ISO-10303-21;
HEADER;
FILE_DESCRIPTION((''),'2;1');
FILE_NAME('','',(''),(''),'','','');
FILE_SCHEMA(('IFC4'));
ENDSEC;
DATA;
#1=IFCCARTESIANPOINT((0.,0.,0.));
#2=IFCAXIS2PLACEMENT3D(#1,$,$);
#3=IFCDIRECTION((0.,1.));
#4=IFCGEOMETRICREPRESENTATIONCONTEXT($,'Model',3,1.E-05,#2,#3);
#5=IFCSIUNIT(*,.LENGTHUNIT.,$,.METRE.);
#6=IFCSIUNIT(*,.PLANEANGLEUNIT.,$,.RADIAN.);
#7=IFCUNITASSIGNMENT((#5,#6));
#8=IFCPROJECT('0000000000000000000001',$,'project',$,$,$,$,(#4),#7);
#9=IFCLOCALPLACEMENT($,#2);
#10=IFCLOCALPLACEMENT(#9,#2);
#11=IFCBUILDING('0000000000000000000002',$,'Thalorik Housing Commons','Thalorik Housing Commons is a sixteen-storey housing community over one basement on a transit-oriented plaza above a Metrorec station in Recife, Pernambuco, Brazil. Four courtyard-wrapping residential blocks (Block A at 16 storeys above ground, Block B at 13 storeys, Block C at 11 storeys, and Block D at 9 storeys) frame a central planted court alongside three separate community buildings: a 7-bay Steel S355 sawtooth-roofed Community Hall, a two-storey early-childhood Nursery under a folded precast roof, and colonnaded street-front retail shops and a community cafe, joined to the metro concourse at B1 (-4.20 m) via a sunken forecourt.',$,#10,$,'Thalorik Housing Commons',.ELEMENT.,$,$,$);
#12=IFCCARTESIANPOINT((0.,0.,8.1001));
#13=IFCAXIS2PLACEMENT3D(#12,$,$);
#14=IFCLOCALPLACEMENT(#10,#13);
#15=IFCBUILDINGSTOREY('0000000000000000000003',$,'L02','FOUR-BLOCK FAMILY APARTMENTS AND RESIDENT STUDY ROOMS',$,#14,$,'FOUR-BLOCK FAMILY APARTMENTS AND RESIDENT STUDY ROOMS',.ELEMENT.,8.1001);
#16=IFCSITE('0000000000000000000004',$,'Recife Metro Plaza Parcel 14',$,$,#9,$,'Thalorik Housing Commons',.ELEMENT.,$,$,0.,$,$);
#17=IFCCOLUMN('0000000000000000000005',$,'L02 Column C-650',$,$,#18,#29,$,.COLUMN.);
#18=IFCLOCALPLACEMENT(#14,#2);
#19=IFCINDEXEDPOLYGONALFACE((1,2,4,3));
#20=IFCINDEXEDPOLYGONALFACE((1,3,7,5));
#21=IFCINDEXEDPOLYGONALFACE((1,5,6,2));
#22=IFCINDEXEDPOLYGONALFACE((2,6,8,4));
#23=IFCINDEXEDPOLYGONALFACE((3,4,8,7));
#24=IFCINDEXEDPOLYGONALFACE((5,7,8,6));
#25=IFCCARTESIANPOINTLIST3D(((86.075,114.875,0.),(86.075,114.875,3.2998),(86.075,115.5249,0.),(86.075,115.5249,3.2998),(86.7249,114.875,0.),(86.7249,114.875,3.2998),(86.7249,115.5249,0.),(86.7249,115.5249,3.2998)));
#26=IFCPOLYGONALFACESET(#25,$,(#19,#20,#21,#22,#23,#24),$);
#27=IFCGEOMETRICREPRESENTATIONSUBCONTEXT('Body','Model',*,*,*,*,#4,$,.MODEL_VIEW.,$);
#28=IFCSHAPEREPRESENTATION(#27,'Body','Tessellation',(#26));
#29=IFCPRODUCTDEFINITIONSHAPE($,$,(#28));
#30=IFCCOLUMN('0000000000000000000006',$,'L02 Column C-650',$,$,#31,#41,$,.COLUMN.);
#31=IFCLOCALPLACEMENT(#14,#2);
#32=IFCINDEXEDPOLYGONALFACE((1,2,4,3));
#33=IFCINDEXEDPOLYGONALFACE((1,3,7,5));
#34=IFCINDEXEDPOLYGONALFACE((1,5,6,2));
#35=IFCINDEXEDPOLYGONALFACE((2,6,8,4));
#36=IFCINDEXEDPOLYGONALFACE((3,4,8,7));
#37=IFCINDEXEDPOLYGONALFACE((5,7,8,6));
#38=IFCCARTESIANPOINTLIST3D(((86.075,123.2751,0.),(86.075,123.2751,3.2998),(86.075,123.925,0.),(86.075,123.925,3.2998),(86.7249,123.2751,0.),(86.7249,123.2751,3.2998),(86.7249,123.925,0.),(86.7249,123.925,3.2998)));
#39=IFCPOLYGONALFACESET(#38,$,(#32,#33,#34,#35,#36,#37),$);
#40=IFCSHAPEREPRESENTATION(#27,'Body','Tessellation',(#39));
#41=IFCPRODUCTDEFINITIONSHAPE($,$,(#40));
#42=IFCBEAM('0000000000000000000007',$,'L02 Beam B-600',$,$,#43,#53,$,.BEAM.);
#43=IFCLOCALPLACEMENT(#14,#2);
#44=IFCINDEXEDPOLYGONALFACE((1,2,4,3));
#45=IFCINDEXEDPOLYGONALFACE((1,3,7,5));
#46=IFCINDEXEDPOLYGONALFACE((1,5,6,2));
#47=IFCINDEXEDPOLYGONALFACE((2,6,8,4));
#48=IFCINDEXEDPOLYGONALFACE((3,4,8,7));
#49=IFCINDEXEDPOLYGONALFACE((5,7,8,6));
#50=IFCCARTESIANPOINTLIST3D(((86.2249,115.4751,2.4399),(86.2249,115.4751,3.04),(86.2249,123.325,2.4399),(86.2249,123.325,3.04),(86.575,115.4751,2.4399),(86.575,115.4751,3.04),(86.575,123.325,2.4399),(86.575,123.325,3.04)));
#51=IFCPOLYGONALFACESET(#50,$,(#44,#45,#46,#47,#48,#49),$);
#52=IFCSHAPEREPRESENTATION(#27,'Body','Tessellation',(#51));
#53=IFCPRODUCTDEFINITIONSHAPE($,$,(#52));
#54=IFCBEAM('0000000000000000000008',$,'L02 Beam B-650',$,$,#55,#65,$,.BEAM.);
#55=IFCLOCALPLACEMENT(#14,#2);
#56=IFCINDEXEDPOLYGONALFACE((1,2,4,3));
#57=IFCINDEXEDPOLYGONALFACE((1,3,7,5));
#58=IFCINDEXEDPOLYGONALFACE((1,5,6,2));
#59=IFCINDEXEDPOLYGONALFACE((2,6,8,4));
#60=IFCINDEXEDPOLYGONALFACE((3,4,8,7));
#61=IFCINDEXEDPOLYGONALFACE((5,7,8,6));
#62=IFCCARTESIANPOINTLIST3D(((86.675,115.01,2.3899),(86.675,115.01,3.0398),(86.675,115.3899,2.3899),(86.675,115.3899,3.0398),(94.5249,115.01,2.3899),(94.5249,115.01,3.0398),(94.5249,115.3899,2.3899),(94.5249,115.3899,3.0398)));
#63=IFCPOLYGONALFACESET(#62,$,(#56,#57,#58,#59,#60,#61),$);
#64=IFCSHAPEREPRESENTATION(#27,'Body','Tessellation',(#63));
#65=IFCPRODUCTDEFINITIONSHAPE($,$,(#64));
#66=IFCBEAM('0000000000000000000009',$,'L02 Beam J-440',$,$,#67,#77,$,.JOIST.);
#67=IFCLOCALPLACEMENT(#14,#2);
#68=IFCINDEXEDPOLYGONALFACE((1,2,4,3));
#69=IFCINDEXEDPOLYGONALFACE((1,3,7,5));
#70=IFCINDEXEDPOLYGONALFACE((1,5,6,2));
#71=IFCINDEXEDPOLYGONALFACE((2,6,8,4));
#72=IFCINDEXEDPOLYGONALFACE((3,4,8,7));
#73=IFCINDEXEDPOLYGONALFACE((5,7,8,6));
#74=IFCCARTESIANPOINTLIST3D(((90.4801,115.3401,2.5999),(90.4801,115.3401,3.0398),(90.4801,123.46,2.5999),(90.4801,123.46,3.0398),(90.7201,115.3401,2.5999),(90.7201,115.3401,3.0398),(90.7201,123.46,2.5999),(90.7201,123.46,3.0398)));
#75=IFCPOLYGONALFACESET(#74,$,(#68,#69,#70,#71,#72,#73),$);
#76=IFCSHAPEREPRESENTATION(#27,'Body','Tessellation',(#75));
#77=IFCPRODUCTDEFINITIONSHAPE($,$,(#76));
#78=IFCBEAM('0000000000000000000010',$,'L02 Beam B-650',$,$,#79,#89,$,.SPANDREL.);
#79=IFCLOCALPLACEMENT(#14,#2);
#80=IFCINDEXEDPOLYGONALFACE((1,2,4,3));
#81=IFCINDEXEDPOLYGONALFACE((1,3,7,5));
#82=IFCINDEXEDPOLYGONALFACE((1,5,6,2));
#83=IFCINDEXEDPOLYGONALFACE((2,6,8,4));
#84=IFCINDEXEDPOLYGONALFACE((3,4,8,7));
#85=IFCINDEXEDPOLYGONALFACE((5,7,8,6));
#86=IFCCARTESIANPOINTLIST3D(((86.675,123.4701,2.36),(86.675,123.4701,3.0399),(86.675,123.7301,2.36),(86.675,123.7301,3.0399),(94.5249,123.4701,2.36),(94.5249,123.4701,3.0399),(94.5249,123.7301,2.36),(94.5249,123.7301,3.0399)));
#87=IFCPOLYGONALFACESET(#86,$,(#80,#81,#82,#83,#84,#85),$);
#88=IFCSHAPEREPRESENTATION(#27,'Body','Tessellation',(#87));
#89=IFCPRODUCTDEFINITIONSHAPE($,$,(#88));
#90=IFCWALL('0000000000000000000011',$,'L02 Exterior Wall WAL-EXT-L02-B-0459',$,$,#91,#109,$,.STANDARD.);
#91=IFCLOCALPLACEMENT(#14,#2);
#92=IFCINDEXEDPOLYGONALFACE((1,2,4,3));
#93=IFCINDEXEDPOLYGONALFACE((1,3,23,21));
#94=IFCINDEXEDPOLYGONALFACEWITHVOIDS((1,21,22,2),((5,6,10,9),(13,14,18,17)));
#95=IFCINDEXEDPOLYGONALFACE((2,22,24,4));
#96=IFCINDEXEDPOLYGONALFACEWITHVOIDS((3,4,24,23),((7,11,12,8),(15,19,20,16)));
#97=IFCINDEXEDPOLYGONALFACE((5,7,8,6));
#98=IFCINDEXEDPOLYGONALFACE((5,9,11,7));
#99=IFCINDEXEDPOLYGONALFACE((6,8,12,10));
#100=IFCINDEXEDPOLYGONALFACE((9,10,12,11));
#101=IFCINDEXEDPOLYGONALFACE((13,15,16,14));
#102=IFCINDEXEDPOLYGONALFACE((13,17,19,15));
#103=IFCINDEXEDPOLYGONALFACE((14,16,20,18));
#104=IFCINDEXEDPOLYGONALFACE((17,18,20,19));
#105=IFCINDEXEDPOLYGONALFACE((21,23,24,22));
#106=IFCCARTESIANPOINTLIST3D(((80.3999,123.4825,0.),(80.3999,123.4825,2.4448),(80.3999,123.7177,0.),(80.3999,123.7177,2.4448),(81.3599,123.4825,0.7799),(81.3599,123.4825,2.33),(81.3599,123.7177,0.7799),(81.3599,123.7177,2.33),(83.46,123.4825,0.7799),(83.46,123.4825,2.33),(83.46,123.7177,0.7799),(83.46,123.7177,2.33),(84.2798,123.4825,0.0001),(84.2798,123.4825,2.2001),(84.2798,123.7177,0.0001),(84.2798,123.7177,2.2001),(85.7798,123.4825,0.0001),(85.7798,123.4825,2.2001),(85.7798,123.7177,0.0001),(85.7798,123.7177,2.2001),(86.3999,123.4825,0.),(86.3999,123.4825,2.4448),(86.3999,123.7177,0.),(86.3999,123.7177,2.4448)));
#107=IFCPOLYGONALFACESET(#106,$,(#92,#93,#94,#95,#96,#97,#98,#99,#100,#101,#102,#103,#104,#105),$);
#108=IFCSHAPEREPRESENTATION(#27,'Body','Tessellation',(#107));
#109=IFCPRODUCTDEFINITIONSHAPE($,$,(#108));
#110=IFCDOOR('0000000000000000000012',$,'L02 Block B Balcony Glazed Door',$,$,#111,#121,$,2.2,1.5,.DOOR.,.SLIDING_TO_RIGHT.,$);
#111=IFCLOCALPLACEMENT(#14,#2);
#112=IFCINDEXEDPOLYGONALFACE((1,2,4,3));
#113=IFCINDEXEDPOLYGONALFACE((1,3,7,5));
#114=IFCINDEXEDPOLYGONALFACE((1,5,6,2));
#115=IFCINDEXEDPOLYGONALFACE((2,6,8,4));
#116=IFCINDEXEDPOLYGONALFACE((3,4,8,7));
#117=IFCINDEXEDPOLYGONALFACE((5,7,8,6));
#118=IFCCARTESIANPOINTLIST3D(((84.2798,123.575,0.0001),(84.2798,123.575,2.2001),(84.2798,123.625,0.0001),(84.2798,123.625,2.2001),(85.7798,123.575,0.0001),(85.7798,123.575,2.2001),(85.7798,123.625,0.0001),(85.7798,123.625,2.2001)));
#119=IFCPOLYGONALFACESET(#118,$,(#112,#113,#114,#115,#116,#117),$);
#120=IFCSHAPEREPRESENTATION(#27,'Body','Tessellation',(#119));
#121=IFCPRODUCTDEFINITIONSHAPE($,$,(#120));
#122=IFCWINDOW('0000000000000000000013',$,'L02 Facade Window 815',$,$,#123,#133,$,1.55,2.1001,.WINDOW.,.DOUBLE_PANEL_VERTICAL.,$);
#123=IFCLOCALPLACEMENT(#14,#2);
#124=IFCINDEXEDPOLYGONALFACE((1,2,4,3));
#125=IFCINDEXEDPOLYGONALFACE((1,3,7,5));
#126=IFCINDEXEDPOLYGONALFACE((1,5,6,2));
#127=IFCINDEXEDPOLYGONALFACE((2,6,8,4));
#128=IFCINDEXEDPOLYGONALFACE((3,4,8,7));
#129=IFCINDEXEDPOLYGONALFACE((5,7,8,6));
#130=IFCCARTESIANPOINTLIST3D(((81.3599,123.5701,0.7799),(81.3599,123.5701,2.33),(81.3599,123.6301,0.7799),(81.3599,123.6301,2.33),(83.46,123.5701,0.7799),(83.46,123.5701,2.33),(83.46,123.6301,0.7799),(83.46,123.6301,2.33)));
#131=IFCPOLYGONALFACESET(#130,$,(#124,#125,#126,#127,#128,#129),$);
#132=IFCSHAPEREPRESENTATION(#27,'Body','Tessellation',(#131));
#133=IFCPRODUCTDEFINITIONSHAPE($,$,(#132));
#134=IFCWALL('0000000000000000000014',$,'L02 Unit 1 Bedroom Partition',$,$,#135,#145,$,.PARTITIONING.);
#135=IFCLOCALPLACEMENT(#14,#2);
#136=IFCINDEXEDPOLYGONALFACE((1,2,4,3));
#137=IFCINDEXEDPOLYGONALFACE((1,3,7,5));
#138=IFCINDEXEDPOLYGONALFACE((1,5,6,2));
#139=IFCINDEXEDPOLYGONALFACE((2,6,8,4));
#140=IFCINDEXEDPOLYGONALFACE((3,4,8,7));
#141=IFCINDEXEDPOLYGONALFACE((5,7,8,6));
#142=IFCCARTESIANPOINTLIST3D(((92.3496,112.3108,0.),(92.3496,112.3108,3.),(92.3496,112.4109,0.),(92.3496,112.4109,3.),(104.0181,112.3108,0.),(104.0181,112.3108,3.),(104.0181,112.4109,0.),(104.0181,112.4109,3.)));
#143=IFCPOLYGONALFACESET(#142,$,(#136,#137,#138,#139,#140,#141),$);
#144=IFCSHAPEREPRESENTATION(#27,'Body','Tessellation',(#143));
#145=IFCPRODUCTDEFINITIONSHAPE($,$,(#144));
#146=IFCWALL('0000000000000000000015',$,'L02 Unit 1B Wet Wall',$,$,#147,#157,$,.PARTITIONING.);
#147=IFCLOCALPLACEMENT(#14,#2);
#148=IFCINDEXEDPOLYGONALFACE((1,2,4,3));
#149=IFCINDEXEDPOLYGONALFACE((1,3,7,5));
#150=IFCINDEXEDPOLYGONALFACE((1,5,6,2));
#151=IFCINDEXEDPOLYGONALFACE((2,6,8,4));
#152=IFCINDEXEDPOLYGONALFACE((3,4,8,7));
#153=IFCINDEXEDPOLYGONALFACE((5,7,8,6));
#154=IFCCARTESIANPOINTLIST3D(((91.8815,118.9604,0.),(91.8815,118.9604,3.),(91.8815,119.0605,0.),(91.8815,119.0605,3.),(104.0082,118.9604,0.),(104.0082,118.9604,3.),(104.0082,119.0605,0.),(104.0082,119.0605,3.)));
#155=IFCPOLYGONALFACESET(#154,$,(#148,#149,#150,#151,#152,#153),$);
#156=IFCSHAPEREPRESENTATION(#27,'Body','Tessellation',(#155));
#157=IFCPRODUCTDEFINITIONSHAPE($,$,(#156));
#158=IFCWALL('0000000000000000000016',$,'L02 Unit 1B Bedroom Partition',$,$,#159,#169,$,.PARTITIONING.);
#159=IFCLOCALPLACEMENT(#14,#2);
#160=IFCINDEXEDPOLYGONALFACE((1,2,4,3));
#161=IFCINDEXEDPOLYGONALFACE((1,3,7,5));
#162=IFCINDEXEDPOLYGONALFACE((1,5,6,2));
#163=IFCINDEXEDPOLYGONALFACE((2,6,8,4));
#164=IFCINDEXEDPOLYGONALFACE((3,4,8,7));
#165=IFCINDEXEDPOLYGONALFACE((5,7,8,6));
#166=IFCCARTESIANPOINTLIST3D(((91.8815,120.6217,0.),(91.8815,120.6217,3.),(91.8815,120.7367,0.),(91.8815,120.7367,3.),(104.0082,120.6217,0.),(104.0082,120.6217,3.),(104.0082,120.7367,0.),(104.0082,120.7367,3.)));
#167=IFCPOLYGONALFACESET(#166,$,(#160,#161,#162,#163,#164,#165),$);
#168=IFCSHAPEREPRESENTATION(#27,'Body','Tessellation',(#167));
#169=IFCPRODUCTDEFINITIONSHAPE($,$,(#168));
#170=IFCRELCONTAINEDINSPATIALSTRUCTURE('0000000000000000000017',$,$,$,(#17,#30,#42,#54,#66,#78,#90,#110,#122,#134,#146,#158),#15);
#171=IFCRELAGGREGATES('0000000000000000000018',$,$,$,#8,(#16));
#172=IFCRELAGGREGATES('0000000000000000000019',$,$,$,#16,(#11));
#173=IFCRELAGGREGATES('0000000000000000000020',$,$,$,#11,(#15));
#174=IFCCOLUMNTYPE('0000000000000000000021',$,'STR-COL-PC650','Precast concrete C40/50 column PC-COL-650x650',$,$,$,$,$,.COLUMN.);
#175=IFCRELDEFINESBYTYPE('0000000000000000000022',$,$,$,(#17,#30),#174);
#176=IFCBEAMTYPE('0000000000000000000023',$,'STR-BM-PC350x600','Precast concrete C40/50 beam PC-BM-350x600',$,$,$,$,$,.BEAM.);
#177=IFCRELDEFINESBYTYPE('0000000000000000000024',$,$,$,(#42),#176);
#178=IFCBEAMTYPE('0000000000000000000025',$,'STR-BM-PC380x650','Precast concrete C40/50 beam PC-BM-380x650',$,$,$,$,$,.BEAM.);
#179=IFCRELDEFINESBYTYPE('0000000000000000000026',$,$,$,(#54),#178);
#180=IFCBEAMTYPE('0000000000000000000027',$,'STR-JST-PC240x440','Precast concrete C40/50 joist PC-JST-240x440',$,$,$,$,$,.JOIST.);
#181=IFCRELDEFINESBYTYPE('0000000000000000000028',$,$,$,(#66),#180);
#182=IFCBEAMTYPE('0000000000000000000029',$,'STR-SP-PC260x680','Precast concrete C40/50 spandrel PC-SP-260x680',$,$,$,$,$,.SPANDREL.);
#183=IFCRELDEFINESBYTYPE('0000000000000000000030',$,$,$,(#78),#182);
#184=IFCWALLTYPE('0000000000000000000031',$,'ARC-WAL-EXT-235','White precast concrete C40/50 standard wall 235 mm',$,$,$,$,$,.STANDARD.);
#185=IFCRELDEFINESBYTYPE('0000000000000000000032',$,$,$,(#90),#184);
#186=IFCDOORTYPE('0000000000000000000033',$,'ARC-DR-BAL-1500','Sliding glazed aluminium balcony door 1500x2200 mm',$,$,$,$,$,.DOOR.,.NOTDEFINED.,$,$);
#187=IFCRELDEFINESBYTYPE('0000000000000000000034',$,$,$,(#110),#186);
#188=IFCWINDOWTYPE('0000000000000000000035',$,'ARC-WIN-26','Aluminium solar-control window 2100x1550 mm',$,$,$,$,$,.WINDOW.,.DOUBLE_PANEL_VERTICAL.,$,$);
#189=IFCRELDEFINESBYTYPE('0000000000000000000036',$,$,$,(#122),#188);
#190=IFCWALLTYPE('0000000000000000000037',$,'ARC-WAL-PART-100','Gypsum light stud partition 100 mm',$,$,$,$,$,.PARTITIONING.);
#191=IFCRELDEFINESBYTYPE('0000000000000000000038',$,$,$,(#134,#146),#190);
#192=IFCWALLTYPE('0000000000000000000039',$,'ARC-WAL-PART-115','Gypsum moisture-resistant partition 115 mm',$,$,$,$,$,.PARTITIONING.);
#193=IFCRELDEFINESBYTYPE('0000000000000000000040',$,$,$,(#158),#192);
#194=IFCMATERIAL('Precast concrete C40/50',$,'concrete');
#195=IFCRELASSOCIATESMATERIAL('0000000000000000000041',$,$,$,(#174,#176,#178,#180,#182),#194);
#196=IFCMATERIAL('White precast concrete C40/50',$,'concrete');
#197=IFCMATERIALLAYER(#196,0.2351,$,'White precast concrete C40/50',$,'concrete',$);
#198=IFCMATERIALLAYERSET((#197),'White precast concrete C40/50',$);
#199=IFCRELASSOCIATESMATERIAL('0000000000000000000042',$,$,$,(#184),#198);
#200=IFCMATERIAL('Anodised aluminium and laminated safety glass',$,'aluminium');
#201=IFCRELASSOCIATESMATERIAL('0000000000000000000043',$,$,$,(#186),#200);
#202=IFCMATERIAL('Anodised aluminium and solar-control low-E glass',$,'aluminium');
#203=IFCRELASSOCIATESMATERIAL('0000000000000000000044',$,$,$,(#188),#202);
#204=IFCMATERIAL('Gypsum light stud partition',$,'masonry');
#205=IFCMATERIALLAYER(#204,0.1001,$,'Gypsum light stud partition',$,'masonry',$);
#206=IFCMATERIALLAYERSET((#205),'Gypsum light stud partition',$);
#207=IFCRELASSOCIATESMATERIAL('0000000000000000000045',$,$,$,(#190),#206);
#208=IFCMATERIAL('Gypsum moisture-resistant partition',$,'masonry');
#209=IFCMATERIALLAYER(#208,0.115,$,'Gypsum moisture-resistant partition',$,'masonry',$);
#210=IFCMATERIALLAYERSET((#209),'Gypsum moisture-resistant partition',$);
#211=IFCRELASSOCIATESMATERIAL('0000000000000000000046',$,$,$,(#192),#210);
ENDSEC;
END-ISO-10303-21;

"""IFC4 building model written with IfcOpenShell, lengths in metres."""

from ifc_helpers import new_model, si_unit, direction, frame, frame_2d, origin, origin_2d, place, context, subcontext, project, spatial, rectangle, extrude, material, layer, layer_set, material_profile, profile_set, type_object, element, fill, save


model = new_model("IFC4")

# Units and contexts
model_context = context("Model", 3, precision=1e-05, world=origin(), true_north=direction((0.0, 1.0)))
body_context = subcontext(model_context, "Body", "Model", "MODEL_VIEW")
ifc_project = project(units=[si_unit("LENGTHUNIT", "METRE"), si_unit("PLANEANGLEUNIT", "RADIAN")], contexts=[model_context])

# Site, building, storey
site_placement = place(None, origin())
site = spatial("IfcSite", under=ifc_project, at=site_placement, Name="Recife Metro Plaza Parcel 14", LongName="Thalorik Housing Commons", CompositionType="ELEMENT", RefElevation=0.0)
building_placement = place(site_placement, origin())
building = spatial("IfcBuilding", under=site, at=building_placement, Name="Thalorik Housing Commons", Description="Thalorik Housing Commons is a sixteen-storey housing community over one basement on a transit-oriented plaza above a Metrorec station in Recife, Pernambuco, Brazil. Four courtyard-wrapping residential blocks (Block A at 16 storeys above ground, Block B at 13 storeys, Block C at 11 storeys, and Block D at 9 storeys) frame a central planted court alongside three separate community buildings: a 7-bay Steel S355 sawtooth-roofed Community Hall, a two-storey early-childhood Nursery under a folded precast roof, and colonnaded street-front retail shops and a community cafe, joined to the metro concourse at B1 (-4.20 m) via a sunken forecourt.", LongName="Thalorik Housing Commons", CompositionType="ELEMENT")
storey_placement = place(building_placement, frame((0.0, 0.0, 8.1001)))
storey = spatial("IfcBuildingStorey", under=building, at=storey_placement, Name="L02", Description="FOUR-BLOCK FAMILY APARTMENTS AND RESIDENT STUDY ROOMS", LongName="FOUR-BLOCK FAMILY APARTMENTS AND RESIDENT STUDY ROOMS", CompositionType="ELEMENT", Elevation=8.1001)

# Columns
ifc_material_1 = material(Name="Precast concrete C40/50", Category="concrete")
ifc_material_profile_1 = material_profile(ifc_material_1, rectangle(XDim=0.6499, YDim=0.6499, at=origin_2d()), Name="PC 650x650", Category="concrete")
ifc_profile_set_1 = profile_set([ifc_material_profile_1], Name="Precast concrete C40/50")
column_type = type_object("IfcColumnType", Name="STR-COL-PC650", Description="Precast concrete C40/50 column PC-COL-650x650", PredefinedType="COLUMN", material=ifc_profile_set_1)
for number, where, z_axis, x_axis, name in (
    (1, (86.3999, 115.2, 0.0), (0.0, 0.0, 1.0), (1.0, 0.0, 0.0), "L02 Column C-650"),
    (2, (86.3999, 123.6001, 0.0), (0.0, 0.0, 1.0), (1.0, 0.0, 0.0), "L02 Column C-650"),
):
    element("IfcColumn", number, at=place(storey_placement, frame(where, z_axis=z_axis, x_axis=x_axis)), inside=storey, type_object=column_type, Name=name, PredefinedType="COLUMN", context=body_context, shape_type="SweptSolid", body=[
        extrude(rectangle(XDim=0.6499, YDim=0.6499, at=origin_2d()), origin(), (0.0, 0.0, 1.0), 3.2998),
    ])

# Beams
ifc_material_profile_2 = material_profile(ifc_material_1, rectangle(XDim=0.3501, YDim=0.6001, at=origin_2d()), Name="PC 350x600", Category="concrete")
ifc_profile_set_2 = profile_set([ifc_material_profile_2], Name="Precast concrete C40/50")
beam_type_1 = type_object("IfcBeamType", Name="STR-BM-PC350x600", Description="Precast concrete C40/50 beam PC-BM-350x600", PredefinedType="BEAM", material=ifc_profile_set_2)
beam_1_placement = place(storey_placement, frame((86.3999, 115.4751, 2.74), z_axis=(0.0, 1.0, 0.0), x_axis=(-1.0, 0.0, 0.0)))
element("IfcBeam", 3, at=beam_1_placement, inside=storey, type_object=beam_type_1, Name="L02 Beam B-600", PredefinedType="BEAM", context=body_context, shape_type="SweptSolid", body=[
    extrude(rectangle(XDim=0.3501, YDim=0.6001, at=origin_2d()), origin(), (0.0, 0.0, 1.0), 7.8499),
])
ifc_material_profile_3 = material_profile(ifc_material_1, rectangle(XDim=0.3799, YDim=0.6499, at=origin_2d()), Name="PC 380x650", Category="concrete")
ifc_profile_set_3 = profile_set([ifc_material_profile_3], Name="Precast concrete C40/50")
beam_type_2 = type_object("IfcBeamType", Name="STR-BM-PC380x650", Description="Precast concrete C40/50 beam PC-BM-380x650", PredefinedType="BEAM", material=ifc_profile_set_3)
beam_2_placement = place(storey_placement, frame((86.675, 115.2, 2.7148), z_axis=(1.0, 0.0, 0.0), x_axis=(0.0, 1.0, 0.0)))
element("IfcBeam", 4, at=beam_2_placement, inside=storey, type_object=beam_type_2, Name="L02 Beam B-650", PredefinedType="BEAM", context=body_context, shape_type="SweptSolid", body=[
    extrude(rectangle(XDim=0.3799, YDim=0.6499, at=origin_2d()), origin(), (0.0, 0.0, 1.0), 7.8499),
])
ifc_material_profile_4 = material_profile(ifc_material_1, rectangle(XDim=0.24, YDim=0.4399, at=origin_2d()), Name="PC JST 240x440", Category="concrete")
ifc_profile_set_4 = profile_set([ifc_material_profile_4], Name="Precast concrete C40/50")
beam_type_3 = type_object("IfcBeamType", Name="STR-JST-PC240x440", Description="Precast concrete C40/50 joist PC-JST-240x440", PredefinedType="JOIST", material=ifc_profile_set_4)
beam_3_placement = place(storey_placement, frame((90.6001, 115.3401, 2.8198), z_axis=(0.0, 1.0, 0.0), x_axis=(-1.0, 0.0, 0.0)))
element("IfcBeam", 5, at=beam_3_placement, inside=storey, type_object=beam_type_3, Name="L02 Beam J-440", PredefinedType="JOIST", context=body_context, shape_type="SweptSolid", body=[
    extrude(rectangle(XDim=0.24, YDim=0.4399, at=origin_2d()), origin(), (0.0, 0.0, 1.0), 8.1199),
])
ifc_material_profile_5 = material_profile(ifc_material_1, rectangle(XDim=0.26, YDim=0.6799, at=origin_2d()), Name="PC SP 260x680", Category="concrete")
ifc_profile_set_5 = profile_set([ifc_material_profile_5], Name="Precast concrete C40/50")
beam_type_4 = type_object("IfcBeamType", Name="STR-SP-PC260x680", Description="Precast concrete C40/50 spandrel PC-SP-260x680", PredefinedType="SPANDREL", material=ifc_profile_set_5)
beam_4_placement = place(storey_placement, frame((86.675, 123.6001, 2.7), z_axis=(1.0, 0.0, 0.0), x_axis=(0.0, 1.0, 0.0)))
element("IfcBeam", 6, at=beam_4_placement, inside=storey, type_object=beam_type_4, Name="L02 Beam B-650", PredefinedType="SPANDREL", context=body_context, shape_type="SweptSolid", body=[
    extrude(rectangle(XDim=0.26, YDim=0.6799, at=origin_2d()), origin(), (0.0, 0.0, 1.0), 7.8499),
])

# Wall, openings, door, window
ifc_material_2 = material(Name="White precast concrete C40/50", Category="concrete")
ifc_layer_1 = layer(ifc_material_2, 0.2351, Name="White precast concrete C40/50", Category="concrete")
ifc_layer_set_1 = layer_set([ifc_layer_1], Name="White precast concrete C40/50")
wall_type_1 = type_object("IfcWallType", Name="ARC-WAL-EXT-235", Description="White precast concrete C40/50 standard wall 235 mm", PredefinedType="STANDARD", material=ifc_layer_set_1)
wall_1_placement = place(storey_placement, frame((86.3999, 123.6001, 0.0), z_axis=(0.0, 0.0, 1.0), x_axis=(-1.0, 0.0, 0.0)))
wall_1 = element("IfcWall", 7, at=wall_1_placement, inside=storey, type_object=wall_type_1, Name="L02 Exterior Wall WAL-EXT-L02-B-0459", PredefinedType="STANDARD", context=body_context, shape_type="SweptSolid", body=[
    extrude(rectangle(XDim=6.0, YDim=0.2351, at=frame_2d((3.0, 0.0))), origin(), (0.0, 0.0, 1.0), 2.4448),
])
opening_1_placement = place(wall_1_placement, frame((0.6201, 0.0, 0.0)))
opening_1 = element("IfcOpeningElement", 8, at=opening_1_placement, cuts=wall_1, PredefinedType="OPENING", context=body_context, shape_type="SweptSolid", body=[
    extrude(rectangle(XDim=1.5, YDim=2.2, at=frame_2d((0.75, 1.1001))), frame((0.0, 0.1274, 0.0), z_axis=(0.0, -1.0, 0.0), x_axis=(1.0, 0.0, 0.0)), (0.0, 0.0, 1.0), 0.2551),
])
opening_2_placement = place(wall_1_placement, frame((2.9399, 0.0, 0.78)))
opening_2 = element("IfcOpeningElement", 9, at=opening_2_placement, cuts=wall_1, PredefinedType="OPENING", context=body_context, shape_type="SweptSolid", body=[
    extrude(rectangle(XDim=2.1001, YDim=1.55, at=frame_2d((1.05, 0.7749))), frame((0.0, 0.1274, 0.0), z_axis=(0.0, -1.0, 0.0), x_axis=(1.0, 0.0, 0.0)), (0.0, 0.0, 1.0), 0.2551),
])
ifc_material_3 = material(Name="Anodised aluminium and laminated safety glass", Category="aluminium")
door_type_1 = type_object("IfcDoorType", Name="ARC-DR-BAL-1500", Description="Sliding glazed aluminium balcony door 1500x2200 mm", OperationType="NOTDEFINED", PredefinedType="DOOR", material=ifc_material_3)
door_1_placement = place(opening_1_placement, frame((1.5, 0.0, 0.0), z_axis=(0.0, 0.0, 1.0), x_axis=(-1.0, 0.0, 0.0)))
door_1 = element("IfcDoor", 10, at=door_1_placement, inside=storey, type_object=door_type_1, Name="L02 Block B Balcony Glazed Door", OperationType="SLIDING_TO_RIGHT", OverallHeight=2.2, OverallWidth=1.5, PredefinedType="DOOR", context=body_context, shape_type="SweptSolid", body=[
    extrude(rectangle(XDim=1.5, YDim=2.2, at=frame_2d((0.75, 1.1001))), frame((0.0, 0.0249, 0.0), z_axis=(0.0, -1.0, 0.0), x_axis=(1.0, 0.0, 0.0)), (0.0, 0.0, 1.0), 0.05),
])
fill(opening_1, door_1)
ifc_material_4 = material(Name="Anodised aluminium and solar-control low-E glass", Category="aluminium")
window_type = type_object("IfcWindowType", Name="ARC-WIN-26", Description="Aluminium solar-control window 2100x1550 mm", PartitioningType="DOUBLE_PANEL_VERTICAL", PredefinedType="WINDOW", material=ifc_material_4)
window_placement = place(opening_2_placement, origin())
window = element("IfcWindow", 11, at=window_placement, inside=storey, type_object=window_type, Name="L02 Facade Window 815", OverallHeight=1.55, OverallWidth=2.1001, PartitioningType="DOUBLE_PANEL_VERTICAL", PredefinedType="WINDOW", context=body_context, shape_type="SweptSolid", body=[
    extrude(rectangle(XDim=2.1001, YDim=1.55, at=frame_2d((1.05, 0.7749))), frame((0.0, 0.03, 0.0), z_axis=(0.0, -1.0, 0.0), x_axis=(1.0, 0.0, 0.0)), (0.0, 0.0, 1.0), 0.0601),
])
fill(opening_2, window)

# Walls
ifc_material_5 = material(Name="Gypsum light stud partition", Category="masonry")
ifc_layer_2 = layer(ifc_material_5, 0.1001, Name="Gypsum light stud partition", Category="masonry")
ifc_layer_set_2 = layer_set([ifc_layer_2], Name="Gypsum light stud partition")
wall_type_2 = type_object("IfcWallType", Name="ARC-WAL-PART-100", Description="Gypsum light stud partition 100 mm", PredefinedType="PARTITIONING", material=ifc_layer_set_2)
wall_2_placement = place(storey_placement, frame((92.3496, 112.3608, 0.0), z_axis=(0.0, 0.0, 1.0), x_axis=(1.0, 0.0, 0.0)))
element("IfcWall", 12, at=wall_2_placement, inside=storey, type_object=wall_type_2, Name="L02 Unit 1 Bedroom Partition", PredefinedType="PARTITIONING", context=body_context, shape_type="SweptSolid", body=[
    extrude(rectangle(XDim=11.6685, YDim=0.1001, at=frame_2d((5.8342, 0.0))), origin(), (0.0, 0.0, 1.0), 3.0),
])
wall_3_placement = place(storey_placement, frame((91.8813, 119.0105, 0.0), z_axis=(0.0, 0.0, 1.0), x_axis=(1.0, 0.0, 0.0)))
element("IfcWall", 13, at=wall_3_placement, inside=storey, type_object=wall_type_2, Name="L02 Unit 1B Wet Wall", PredefinedType="PARTITIONING", context=body_context, shape_type="SweptSolid", body=[
    extrude(rectangle(XDim=12.1267, YDim=0.1001, at=frame_2d((6.0635, 0.0))), origin(), (0.0, 0.0, 1.0), 3.0),
])
ifc_material_6 = material(Name="Gypsum moisture-resistant partition", Category="masonry")
ifc_layer_3 = layer(ifc_material_6, 0.115, Name="Gypsum moisture-resistant partition", Category="masonry")
ifc_layer_set_3 = layer_set([ifc_layer_3], Name="Gypsum moisture-resistant partition")
wall_type_3 = type_object("IfcWallType", Name="ARC-WAL-PART-115", Description="Gypsum moisture-resistant partition 115 mm", PredefinedType="PARTITIONING", material=ifc_layer_set_3)
wall_4_placement = place(storey_placement, frame((91.8813, 120.6792, 0.0), z_axis=(0.0, 0.0, 1.0), x_axis=(1.0, 0.0, 0.0)))
element("IfcWall", 14, at=wall_4_placement, inside=storey, type_object=wall_type_3, Name="L02 Unit 1B Bedroom Partition", PredefinedType="PARTITIONING", context=body_context, shape_type="SweptSolid", body=[
    extrude(rectangle(XDim=12.1267, YDim=0.115, at=frame_2d((6.0635, 0.0))), origin(), (0.0, 0.0, 1.0), 3.0),
])

save(model, "model.ifc")
